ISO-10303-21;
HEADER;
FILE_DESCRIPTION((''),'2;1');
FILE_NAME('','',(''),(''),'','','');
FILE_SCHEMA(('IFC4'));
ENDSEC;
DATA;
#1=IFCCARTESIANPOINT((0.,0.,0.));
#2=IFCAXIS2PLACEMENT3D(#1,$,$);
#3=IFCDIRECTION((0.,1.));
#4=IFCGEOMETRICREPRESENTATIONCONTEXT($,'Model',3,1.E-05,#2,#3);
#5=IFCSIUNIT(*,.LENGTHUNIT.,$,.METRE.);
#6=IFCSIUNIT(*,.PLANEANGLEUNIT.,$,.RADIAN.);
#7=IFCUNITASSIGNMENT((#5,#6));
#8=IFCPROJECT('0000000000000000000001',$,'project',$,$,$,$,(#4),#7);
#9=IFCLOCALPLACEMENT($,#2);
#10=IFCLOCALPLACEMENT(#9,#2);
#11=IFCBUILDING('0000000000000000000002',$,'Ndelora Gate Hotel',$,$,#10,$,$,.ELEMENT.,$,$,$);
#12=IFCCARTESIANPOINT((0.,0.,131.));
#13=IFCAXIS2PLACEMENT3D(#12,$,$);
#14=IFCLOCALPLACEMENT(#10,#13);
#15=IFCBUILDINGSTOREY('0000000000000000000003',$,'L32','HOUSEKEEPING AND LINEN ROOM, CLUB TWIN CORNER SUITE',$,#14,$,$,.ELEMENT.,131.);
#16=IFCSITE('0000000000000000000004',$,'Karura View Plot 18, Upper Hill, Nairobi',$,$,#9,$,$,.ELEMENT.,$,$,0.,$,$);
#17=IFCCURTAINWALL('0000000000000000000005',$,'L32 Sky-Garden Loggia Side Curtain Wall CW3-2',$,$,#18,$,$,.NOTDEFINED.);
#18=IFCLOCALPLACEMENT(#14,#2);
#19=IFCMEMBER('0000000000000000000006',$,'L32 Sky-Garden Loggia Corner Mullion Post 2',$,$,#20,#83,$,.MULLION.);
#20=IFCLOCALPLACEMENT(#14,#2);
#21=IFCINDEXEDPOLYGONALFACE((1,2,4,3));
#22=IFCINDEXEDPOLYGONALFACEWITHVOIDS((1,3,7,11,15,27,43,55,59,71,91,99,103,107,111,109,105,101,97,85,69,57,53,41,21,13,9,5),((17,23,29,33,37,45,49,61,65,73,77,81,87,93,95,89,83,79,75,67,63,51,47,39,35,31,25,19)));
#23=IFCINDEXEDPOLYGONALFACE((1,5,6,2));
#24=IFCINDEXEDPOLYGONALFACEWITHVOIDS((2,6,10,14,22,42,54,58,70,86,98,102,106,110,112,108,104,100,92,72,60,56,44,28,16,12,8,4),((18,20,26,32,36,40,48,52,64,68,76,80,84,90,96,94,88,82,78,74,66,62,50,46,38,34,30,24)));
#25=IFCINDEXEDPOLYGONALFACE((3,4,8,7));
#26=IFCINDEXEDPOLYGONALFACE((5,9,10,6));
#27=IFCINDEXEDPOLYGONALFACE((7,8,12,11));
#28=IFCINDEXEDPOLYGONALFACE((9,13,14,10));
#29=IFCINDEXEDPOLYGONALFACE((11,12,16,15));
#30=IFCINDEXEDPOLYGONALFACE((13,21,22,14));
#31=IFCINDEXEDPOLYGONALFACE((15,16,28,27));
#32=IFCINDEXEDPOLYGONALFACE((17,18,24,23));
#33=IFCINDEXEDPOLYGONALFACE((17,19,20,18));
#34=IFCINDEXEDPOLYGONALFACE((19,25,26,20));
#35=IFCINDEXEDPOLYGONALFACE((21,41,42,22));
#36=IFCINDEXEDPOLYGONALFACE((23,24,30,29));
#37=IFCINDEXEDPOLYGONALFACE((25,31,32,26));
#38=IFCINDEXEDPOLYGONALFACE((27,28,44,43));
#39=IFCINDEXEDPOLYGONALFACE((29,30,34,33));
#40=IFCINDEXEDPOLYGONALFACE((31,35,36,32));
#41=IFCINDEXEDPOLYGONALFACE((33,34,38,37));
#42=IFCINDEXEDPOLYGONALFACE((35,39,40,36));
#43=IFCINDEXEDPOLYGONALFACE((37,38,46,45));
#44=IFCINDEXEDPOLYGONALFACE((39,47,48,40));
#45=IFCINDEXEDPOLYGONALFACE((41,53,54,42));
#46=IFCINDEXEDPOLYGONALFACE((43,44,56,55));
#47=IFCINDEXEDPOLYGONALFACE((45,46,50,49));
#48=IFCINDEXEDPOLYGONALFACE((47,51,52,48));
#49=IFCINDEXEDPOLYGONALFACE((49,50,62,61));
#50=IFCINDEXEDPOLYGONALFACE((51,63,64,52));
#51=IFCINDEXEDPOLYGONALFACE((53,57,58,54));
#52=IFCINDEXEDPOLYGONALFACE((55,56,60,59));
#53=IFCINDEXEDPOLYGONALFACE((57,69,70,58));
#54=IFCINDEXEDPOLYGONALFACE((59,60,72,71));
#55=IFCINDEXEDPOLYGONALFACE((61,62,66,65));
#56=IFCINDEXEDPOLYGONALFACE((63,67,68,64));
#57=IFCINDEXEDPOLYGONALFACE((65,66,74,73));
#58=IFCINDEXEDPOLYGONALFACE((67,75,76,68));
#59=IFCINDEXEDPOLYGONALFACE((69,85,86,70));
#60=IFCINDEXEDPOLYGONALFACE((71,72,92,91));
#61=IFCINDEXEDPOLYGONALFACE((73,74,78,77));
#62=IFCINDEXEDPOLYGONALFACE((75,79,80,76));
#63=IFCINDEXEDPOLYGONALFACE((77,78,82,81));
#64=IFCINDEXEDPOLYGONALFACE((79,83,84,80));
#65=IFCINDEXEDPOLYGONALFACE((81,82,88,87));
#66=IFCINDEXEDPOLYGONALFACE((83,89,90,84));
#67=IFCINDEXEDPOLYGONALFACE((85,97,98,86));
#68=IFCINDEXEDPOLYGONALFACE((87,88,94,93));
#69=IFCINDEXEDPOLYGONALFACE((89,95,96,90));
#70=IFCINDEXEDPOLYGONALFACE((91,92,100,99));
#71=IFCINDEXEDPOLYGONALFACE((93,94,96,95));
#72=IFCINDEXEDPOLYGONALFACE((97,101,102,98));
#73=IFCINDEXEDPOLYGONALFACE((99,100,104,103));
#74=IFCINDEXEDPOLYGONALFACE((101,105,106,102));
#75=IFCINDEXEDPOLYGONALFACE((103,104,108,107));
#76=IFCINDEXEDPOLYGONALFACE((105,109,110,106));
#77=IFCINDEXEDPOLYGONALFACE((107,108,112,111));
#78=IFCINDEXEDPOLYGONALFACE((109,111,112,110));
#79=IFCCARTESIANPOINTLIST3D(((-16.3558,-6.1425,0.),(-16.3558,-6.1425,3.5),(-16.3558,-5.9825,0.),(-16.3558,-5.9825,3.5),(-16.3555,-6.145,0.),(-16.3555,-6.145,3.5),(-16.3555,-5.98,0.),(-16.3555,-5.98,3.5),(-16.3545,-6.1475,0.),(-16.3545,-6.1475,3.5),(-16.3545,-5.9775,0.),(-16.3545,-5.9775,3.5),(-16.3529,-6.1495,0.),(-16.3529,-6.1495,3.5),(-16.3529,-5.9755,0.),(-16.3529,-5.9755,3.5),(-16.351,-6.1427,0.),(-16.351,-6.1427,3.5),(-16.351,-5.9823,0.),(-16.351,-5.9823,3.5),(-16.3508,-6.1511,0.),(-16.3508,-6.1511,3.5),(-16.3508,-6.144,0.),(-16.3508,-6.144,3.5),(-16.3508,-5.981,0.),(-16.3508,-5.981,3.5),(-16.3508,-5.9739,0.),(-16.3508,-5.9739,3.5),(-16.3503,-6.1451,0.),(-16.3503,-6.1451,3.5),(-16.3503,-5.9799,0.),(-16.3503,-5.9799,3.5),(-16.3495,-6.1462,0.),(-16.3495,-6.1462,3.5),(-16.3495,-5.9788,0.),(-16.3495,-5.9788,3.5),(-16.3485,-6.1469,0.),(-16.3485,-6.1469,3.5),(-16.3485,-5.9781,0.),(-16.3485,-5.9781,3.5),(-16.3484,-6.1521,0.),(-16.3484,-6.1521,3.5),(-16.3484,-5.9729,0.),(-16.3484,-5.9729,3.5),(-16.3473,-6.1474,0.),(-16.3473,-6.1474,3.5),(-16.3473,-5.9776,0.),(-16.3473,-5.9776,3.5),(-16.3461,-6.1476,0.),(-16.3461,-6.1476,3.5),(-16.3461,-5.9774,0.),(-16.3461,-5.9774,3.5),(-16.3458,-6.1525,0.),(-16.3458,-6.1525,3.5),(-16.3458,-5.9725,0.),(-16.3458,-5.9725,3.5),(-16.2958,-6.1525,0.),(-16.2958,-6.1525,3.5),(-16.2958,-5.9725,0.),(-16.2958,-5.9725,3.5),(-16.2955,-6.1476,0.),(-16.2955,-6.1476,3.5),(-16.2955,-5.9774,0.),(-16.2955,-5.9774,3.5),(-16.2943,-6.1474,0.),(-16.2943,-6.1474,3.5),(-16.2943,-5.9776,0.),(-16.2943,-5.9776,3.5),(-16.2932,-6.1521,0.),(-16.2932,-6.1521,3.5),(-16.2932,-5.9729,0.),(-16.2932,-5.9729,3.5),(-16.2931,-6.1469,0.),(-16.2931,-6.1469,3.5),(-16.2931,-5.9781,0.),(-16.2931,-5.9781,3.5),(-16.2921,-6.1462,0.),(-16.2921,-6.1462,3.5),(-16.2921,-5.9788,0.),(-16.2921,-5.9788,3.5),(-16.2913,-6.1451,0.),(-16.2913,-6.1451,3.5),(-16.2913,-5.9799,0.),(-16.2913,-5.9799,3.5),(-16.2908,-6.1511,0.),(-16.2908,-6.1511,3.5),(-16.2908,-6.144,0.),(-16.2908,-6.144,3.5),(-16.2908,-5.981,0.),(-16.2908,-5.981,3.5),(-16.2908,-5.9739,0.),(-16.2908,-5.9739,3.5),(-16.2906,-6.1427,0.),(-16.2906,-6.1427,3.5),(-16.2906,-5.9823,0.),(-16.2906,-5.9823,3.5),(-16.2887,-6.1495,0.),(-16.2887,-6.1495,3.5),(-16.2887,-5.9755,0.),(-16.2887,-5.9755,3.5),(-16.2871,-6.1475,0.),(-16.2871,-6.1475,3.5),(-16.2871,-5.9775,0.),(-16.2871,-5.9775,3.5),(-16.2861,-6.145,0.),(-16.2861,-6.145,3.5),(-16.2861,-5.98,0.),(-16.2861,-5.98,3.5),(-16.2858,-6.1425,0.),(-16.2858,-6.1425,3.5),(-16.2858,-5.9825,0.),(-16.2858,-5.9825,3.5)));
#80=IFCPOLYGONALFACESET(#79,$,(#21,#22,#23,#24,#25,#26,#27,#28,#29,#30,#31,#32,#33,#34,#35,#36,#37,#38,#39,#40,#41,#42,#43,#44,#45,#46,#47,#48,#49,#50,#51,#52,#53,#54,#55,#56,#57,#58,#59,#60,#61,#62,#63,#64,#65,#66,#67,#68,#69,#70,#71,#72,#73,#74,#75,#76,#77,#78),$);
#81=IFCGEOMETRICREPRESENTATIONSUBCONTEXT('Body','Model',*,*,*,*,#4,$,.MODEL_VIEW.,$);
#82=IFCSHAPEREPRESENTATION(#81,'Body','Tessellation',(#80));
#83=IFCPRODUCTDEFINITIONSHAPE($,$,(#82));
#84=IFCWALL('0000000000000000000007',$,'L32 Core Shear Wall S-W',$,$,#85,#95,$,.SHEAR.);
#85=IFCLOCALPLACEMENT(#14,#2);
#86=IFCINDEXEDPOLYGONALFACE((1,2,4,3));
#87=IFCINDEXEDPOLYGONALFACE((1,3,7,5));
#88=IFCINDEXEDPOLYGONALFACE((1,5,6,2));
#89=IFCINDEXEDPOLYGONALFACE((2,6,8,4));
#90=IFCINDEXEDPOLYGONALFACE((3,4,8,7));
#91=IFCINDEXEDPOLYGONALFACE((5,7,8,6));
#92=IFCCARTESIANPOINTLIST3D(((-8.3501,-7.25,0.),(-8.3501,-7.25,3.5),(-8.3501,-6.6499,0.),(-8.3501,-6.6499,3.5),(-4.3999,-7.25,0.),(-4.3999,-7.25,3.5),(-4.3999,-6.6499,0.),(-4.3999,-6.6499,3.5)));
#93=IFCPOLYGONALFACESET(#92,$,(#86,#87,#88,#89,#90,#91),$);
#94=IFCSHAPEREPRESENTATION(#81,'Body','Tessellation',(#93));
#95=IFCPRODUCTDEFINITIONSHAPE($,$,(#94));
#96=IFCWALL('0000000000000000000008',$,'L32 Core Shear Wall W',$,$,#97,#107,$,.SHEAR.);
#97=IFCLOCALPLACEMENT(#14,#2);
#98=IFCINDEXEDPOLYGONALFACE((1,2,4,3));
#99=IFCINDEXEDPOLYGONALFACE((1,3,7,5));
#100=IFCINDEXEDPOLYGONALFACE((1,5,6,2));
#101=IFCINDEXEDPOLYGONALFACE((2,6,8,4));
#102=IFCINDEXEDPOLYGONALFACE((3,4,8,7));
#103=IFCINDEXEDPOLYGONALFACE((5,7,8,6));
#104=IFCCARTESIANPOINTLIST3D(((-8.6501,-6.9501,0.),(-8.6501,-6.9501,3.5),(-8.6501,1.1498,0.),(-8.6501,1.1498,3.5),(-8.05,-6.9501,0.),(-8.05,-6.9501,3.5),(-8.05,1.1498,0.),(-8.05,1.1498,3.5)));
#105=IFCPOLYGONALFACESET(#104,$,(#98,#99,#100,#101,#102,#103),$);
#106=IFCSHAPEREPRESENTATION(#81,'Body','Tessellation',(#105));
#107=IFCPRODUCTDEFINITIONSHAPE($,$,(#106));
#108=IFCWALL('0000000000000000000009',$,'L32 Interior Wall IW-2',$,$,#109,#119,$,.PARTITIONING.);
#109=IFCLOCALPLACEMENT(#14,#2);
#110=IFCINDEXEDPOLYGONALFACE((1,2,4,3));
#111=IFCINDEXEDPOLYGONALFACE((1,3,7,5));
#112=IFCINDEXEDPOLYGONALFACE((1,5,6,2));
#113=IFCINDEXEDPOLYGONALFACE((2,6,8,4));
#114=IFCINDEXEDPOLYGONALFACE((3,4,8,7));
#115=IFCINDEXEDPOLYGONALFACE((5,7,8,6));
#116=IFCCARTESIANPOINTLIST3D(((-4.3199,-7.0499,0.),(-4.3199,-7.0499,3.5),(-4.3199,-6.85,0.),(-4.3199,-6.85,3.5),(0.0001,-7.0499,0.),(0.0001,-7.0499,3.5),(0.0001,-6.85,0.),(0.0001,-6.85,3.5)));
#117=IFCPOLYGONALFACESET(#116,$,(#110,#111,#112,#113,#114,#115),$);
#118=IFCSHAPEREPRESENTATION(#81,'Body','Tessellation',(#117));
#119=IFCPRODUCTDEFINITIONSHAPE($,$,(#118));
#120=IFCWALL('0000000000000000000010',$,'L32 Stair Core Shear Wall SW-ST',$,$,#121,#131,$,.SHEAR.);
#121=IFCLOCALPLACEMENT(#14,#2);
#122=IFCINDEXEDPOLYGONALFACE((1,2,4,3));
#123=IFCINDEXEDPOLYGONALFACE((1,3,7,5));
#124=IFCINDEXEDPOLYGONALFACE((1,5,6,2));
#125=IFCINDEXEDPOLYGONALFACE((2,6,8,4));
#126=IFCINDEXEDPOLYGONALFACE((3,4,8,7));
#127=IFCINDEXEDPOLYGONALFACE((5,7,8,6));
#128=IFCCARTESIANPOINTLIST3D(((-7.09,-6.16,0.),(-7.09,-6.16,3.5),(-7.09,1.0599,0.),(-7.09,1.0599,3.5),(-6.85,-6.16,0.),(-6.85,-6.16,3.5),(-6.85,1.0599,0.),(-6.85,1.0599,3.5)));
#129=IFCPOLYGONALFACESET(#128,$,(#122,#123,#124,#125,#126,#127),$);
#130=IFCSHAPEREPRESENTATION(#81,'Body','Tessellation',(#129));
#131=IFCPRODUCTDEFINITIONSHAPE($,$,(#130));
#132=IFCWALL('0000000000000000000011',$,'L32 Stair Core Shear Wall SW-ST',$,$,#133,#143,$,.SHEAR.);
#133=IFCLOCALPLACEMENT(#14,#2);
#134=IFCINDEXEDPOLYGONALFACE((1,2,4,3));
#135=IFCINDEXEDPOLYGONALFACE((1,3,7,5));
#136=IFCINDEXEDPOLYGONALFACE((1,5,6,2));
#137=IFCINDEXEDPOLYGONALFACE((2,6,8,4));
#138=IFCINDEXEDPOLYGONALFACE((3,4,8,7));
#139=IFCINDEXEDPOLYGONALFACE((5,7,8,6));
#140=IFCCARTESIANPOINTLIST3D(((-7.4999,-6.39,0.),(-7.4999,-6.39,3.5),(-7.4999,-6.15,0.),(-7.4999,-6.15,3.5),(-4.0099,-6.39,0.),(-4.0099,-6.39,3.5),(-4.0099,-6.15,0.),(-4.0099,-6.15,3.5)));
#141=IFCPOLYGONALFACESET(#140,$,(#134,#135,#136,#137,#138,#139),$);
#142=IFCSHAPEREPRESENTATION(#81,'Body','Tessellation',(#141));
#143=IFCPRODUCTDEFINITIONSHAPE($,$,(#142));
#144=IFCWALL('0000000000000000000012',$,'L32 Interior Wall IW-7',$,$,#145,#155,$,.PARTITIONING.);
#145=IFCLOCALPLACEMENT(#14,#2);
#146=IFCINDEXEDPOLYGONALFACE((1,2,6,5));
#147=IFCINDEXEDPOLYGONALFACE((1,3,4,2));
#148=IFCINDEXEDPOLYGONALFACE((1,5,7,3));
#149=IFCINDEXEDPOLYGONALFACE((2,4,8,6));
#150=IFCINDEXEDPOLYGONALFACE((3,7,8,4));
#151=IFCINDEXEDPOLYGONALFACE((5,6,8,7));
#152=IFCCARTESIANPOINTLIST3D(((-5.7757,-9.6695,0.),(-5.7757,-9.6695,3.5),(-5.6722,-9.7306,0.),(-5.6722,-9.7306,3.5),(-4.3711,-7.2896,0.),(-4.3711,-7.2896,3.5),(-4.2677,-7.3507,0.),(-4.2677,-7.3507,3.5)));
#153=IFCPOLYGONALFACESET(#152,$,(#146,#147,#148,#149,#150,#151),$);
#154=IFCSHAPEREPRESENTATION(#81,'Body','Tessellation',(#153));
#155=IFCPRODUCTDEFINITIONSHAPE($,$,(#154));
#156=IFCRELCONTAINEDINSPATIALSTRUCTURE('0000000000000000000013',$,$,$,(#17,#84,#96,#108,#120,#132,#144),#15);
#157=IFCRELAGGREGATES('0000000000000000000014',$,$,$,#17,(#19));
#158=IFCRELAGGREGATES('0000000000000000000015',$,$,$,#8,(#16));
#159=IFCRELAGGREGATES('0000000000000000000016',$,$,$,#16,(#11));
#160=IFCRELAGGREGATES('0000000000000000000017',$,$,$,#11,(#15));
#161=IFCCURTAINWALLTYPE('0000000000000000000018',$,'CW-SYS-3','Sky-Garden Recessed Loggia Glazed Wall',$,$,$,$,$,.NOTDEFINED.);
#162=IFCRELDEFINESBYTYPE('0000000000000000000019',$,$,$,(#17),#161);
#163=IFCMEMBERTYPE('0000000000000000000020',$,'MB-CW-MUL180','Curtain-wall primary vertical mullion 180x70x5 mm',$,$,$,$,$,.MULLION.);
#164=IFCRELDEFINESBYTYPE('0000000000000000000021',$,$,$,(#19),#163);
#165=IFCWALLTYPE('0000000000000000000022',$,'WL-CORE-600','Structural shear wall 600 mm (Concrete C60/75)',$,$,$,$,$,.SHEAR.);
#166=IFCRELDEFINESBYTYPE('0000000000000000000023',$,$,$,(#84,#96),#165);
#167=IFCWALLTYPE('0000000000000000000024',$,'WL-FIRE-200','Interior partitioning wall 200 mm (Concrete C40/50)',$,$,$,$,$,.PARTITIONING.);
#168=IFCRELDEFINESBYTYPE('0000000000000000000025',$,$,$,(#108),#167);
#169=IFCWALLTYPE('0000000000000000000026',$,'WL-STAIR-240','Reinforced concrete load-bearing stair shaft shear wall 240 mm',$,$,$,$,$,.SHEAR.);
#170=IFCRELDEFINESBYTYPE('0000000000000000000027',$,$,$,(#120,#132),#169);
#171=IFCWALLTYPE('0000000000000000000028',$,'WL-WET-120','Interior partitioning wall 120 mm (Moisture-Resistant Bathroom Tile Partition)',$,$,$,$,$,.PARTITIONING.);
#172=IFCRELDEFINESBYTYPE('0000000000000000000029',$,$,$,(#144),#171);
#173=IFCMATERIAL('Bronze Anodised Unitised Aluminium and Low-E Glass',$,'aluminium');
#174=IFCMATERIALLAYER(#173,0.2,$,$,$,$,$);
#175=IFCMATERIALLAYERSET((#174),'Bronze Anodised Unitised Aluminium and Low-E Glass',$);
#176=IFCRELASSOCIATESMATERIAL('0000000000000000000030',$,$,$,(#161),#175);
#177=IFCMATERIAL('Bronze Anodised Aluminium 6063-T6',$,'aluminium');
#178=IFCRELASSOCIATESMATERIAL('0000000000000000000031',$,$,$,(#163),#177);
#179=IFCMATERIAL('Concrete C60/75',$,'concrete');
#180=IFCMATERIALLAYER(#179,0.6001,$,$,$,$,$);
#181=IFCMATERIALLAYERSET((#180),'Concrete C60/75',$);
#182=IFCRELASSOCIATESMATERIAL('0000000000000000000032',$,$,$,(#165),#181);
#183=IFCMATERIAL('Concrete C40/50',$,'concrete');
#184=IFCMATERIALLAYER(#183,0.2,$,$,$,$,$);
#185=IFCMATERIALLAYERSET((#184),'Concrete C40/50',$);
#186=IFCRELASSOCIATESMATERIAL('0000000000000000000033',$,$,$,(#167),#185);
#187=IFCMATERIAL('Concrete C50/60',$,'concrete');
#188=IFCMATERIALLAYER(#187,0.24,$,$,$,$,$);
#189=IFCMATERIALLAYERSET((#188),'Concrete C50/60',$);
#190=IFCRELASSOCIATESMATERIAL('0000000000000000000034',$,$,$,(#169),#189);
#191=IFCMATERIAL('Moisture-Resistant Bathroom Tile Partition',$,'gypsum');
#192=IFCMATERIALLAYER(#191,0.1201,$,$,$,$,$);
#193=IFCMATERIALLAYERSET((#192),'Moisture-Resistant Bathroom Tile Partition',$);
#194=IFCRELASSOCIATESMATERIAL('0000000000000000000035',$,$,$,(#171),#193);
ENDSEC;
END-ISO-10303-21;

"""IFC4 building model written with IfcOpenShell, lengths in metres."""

from ifc_helpers import new_model, si_unit, direction, frame, frame_2d, origin, origin_2d, place, context, subcontext, project, spatial, rectangle, hollow_rectangle, extrude, material, layer, layer_set, material_profile, profile_set, type_object, element, aggregate, save


model = new_model("IFC4")

# Units and contexts
model_context = context("Model", 3, precision=1e-05, world=origin(), true_north=direction((0.0, 1.0)))
body_context = subcontext(model_context, "Body", "Model", "MODEL_VIEW")
ifc_project = project(units=[si_unit("LENGTHUNIT", "METRE"), si_unit("PLANEANGLEUNIT", "RADIAN")], contexts=[model_context])

# Site, building, storey
site_placement = place(None, origin())
site = spatial("IfcSite", under=ifc_project, at=site_placement, Name="Karura View Plot 18, Upper Hill, Nairobi", CompositionType="ELEMENT", RefElevation=0.0)
building_placement = place(site_placement, origin())
building = spatial("IfcBuilding", under=site, at=building_placement, Name="Ndelora Gate Hotel", CompositionType="ELEMENT")
storey_placement = place(building_placement, frame((0.0, 0.0, 131.0)))
storey = spatial("IfcBuildingStorey", under=building, at=storey_placement, Name="L32", Description="HOUSEKEEPING AND LINEN ROOM, CLUB TWIN CORNER SUITE", CompositionType="ELEMENT", Elevation=131.0)

# Shared definitions
ifc_material_1 = material(Name="Concrete C60/75", Category="concrete")

# Curtain wall, member
ifc_material_2 = material(Name="Bronze Anodised Unitised Aluminium and Low-E Glass", Category="aluminium")
ifc_layer_1 = layer(ifc_material_2, 0.2)
ifc_layer_set_1 = layer_set([ifc_layer_1], Name="Bronze Anodised Unitised Aluminium and Low-E Glass")
curtain_wall_type = type_object("IfcCurtainWallType", Name="CW-SYS-3", Description="Sky-Garden Recessed Loggia Glazed Wall", PredefinedType="NOTDEFINED", material=ifc_layer_set_1)
curtain_wall_placement = place(storey_placement, origin())
curtain_wall = element("IfcCurtainWall", 1, at=curtain_wall_placement, inside=storey, type_object=curtain_wall_type, Name="L32 Sky-Garden Loggia Side Curtain Wall CW3-2", PredefinedType="NOTDEFINED")
ifc_material_3 = material(Name="Bronze Anodised Aluminium 6063-T6", Category="aluminium")
ifc_material_profile_1 = material_profile(ifc_material_3, hollow_rectangle(XDim=0.0701, YDim=0.1799, WallThickness=0.0049, InnerFilletRadius=0.0049, OuterFilletRadius=0.01, at=origin_2d()), Name="ALU 180x70x5")
ifc_profile_set_1 = profile_set([ifc_material_profile_1], Name="Bronze Anodised Aluminium 6063-T6")
member_type_1 = type_object("IfcMemberType", Name="MB-CW-MUL180", Description="Curtain-wall primary vertical mullion 180x70x5 mm", PredefinedType="MULLION", material=ifc_profile_set_1)
member_1_placement = place(storey_placement, frame((-16.3208, -6.0625, 0.0), z_axis=(0.0, 0.0, 1.0), x_axis=(1.0, 0.0, 0.0)))
member_1 = element("IfcMember", 2, at=member_1_placement, type_object=member_type_1, Name="L32 Sky-Garden Loggia Corner Mullion Post 2", PredefinedType="MULLION", context=body_context, shape_type="SweptSolid", body=[
    extrude(hollow_rectangle(XDim=0.0701, YDim=0.1799, WallThickness=0.0049, InnerFilletRadius=0.0049, OuterFilletRadius=0.01, at=origin_2d()), origin(), (0.0, 0.0, 1.0), 3.5),
])
aggregate(curtain_wall, [member_1])

# Walls
ifc_layer_2 = layer(ifc_material_1, 0.6001)
ifc_layer_set_2 = layer_set([ifc_layer_2], Name="Concrete C60/75")
wall_type_1 = type_object("IfcWallType", Name="WL-CORE-600", Description="Structural shear wall 600 mm (Concrete C60/75)", PredefinedType="SHEAR", material=ifc_layer_set_2)
wall_1_placement = place(storey_placement, frame((-8.3501, -6.95, 0.0), z_axis=(0.0, 0.0, 1.0), x_axis=(1.0, 0.0, 0.0)))
element("IfcWall", 3, at=wall_1_placement, inside=storey, type_object=wall_type_1, Name="L32 Core Shear Wall S-W", PredefinedType="SHEAR", context=body_context, shape_type="SweptSolid", body=[
    extrude(rectangle(XDim=3.9502, YDim=0.6001, at=frame_2d((1.9751, 0.0))), origin(), (0.0, 0.0, 1.0), 3.5),
])
wall_2_placement = place(storey_placement, frame((-8.3501, -6.95, 0.0), z_axis=(0.0, 0.0, 1.0), x_axis=(0.0, 1.0, 0.0)))
element("IfcWall", 4, at=wall_2_placement, inside=storey, type_object=wall_type_1, Name="L32 Core Shear Wall W", PredefinedType="SHEAR", context=body_context, shape_type="SweptSolid", body=[
    extrude(rectangle(XDim=8.0999, YDim=0.6001, at=frame_2d((4.0498, 0.0))), origin(), (0.0, 0.0, 1.0), 3.5),
])
ifc_material_4 = material(Name="Concrete C40/50", Category="concrete")
ifc_layer_3 = layer(ifc_material_4, 0.2)
ifc_layer_set_3 = layer_set([ifc_layer_3], Name="Concrete C40/50")
wall_type_2 = type_object("IfcWallType", Name="WL-FIRE-200", Description="Interior partitioning wall 200 mm (Concrete C40/50)", PredefinedType="PARTITIONING", material=ifc_layer_set_3)
wall_3_placement = place(storey_placement, frame((-4.3201, -6.95, 0.0), z_axis=(0.0, 0.0, 1.0), x_axis=(1.0, 0.0, 0.0)))
element("IfcWall", 5, at=wall_3_placement, inside=storey, type_object=wall_type_2, Name="L32 Interior Wall IW-2", PredefinedType="PARTITIONING", context=body_context, shape_type="SweptSolid", body=[
    extrude(rectangle(XDim=4.3201, YDim=0.2, at=frame_2d((2.1602, 0.0))), origin(), (0.0, 0.0, 1.0), 3.5),
])
ifc_material_5 = material(Name="Concrete C50/60", Category="concrete")
ifc_layer_4 = layer(ifc_material_5, 0.24)
ifc_layer_set_4 = layer_set([ifc_layer_4], Name="Concrete C50/60")
wall_type_3 = type_object("IfcWallType", Name="WL-STAIR-240", Description="Reinforced concrete load-bearing stair shaft shear wall 240 mm", PredefinedType="SHEAR", material=ifc_layer_set_4)
wall_4_placement = place(storey_placement, frame((-6.97, -6.1599, 0.0), z_axis=(0.0, 0.0, 1.0), x_axis=(0.0, 1.0, 0.0)))
element("IfcWall", 6, at=wall_4_placement, inside=storey, type_object=wall_type_3, Name="L32 Stair Core Shear Wall SW-ST", PredefinedType="SHEAR", context=body_context, shape_type="SweptSolid", body=[
    extrude(rectangle(XDim=7.22, YDim=0.24, at=frame_2d((3.6099, 0.0))), origin(), (0.0, 0.0, 1.0), 3.5),
])
wall_5_placement = place(storey_placement, frame((-7.5, -6.27, 0.0), z_axis=(0.0, 0.0, 1.0), x_axis=(1.0, 0.0, 0.0)))
element("IfcWall", 7, at=wall_5_placement, inside=storey, type_object=wall_type_3, Name="L32 Stair Core Shear Wall SW-ST", PredefinedType="SHEAR", context=body_context, shape_type="SweptSolid", body=[
    extrude(rectangle(XDim=3.49, YDim=0.24, at=frame_2d((1.7451, 0.0))), origin(), (0.0, 0.0, 1.0), 3.5),
])
ifc_material_6 = material(Name="Moisture-Resistant Bathroom Tile Partition", Category="gypsum")
ifc_layer_5 = layer(ifc_material_6, 0.1201)
ifc_layer_set_5 = layer_set([ifc_layer_5], Name="Moisture-Resistant Bathroom Tile Partition")
wall_type_4 = type_object("IfcWallType", Name="WL-WET-120", Description="Interior partitioning wall 120 mm (Moisture-Resistant Bathroom Tile Partition)", PredefinedType="PARTITIONING", material=ifc_layer_set_5)
wall_6_placement = place(storey_placement, frame((-4.3193, -7.3201, 0.0), z_axis=(0.0, 0.0, 1.0), x_axis=(-0.508259, -0.861204, 0.0)))
element("IfcWall", 8, at=wall_6_placement, inside=storey, type_object=wall_type_4, Name="L32 Interior Wall IW-7", PredefinedType="PARTITIONING", context=body_context, shape_type="SweptSolid", body=[
    extrude(rectangle(XDim=2.7634, YDim=0.1201, at=frame_2d((1.3818, 0.0))), origin(), (0.0, 0.0, 1.0), 3.5),
])

save(model, "model.ifc")
